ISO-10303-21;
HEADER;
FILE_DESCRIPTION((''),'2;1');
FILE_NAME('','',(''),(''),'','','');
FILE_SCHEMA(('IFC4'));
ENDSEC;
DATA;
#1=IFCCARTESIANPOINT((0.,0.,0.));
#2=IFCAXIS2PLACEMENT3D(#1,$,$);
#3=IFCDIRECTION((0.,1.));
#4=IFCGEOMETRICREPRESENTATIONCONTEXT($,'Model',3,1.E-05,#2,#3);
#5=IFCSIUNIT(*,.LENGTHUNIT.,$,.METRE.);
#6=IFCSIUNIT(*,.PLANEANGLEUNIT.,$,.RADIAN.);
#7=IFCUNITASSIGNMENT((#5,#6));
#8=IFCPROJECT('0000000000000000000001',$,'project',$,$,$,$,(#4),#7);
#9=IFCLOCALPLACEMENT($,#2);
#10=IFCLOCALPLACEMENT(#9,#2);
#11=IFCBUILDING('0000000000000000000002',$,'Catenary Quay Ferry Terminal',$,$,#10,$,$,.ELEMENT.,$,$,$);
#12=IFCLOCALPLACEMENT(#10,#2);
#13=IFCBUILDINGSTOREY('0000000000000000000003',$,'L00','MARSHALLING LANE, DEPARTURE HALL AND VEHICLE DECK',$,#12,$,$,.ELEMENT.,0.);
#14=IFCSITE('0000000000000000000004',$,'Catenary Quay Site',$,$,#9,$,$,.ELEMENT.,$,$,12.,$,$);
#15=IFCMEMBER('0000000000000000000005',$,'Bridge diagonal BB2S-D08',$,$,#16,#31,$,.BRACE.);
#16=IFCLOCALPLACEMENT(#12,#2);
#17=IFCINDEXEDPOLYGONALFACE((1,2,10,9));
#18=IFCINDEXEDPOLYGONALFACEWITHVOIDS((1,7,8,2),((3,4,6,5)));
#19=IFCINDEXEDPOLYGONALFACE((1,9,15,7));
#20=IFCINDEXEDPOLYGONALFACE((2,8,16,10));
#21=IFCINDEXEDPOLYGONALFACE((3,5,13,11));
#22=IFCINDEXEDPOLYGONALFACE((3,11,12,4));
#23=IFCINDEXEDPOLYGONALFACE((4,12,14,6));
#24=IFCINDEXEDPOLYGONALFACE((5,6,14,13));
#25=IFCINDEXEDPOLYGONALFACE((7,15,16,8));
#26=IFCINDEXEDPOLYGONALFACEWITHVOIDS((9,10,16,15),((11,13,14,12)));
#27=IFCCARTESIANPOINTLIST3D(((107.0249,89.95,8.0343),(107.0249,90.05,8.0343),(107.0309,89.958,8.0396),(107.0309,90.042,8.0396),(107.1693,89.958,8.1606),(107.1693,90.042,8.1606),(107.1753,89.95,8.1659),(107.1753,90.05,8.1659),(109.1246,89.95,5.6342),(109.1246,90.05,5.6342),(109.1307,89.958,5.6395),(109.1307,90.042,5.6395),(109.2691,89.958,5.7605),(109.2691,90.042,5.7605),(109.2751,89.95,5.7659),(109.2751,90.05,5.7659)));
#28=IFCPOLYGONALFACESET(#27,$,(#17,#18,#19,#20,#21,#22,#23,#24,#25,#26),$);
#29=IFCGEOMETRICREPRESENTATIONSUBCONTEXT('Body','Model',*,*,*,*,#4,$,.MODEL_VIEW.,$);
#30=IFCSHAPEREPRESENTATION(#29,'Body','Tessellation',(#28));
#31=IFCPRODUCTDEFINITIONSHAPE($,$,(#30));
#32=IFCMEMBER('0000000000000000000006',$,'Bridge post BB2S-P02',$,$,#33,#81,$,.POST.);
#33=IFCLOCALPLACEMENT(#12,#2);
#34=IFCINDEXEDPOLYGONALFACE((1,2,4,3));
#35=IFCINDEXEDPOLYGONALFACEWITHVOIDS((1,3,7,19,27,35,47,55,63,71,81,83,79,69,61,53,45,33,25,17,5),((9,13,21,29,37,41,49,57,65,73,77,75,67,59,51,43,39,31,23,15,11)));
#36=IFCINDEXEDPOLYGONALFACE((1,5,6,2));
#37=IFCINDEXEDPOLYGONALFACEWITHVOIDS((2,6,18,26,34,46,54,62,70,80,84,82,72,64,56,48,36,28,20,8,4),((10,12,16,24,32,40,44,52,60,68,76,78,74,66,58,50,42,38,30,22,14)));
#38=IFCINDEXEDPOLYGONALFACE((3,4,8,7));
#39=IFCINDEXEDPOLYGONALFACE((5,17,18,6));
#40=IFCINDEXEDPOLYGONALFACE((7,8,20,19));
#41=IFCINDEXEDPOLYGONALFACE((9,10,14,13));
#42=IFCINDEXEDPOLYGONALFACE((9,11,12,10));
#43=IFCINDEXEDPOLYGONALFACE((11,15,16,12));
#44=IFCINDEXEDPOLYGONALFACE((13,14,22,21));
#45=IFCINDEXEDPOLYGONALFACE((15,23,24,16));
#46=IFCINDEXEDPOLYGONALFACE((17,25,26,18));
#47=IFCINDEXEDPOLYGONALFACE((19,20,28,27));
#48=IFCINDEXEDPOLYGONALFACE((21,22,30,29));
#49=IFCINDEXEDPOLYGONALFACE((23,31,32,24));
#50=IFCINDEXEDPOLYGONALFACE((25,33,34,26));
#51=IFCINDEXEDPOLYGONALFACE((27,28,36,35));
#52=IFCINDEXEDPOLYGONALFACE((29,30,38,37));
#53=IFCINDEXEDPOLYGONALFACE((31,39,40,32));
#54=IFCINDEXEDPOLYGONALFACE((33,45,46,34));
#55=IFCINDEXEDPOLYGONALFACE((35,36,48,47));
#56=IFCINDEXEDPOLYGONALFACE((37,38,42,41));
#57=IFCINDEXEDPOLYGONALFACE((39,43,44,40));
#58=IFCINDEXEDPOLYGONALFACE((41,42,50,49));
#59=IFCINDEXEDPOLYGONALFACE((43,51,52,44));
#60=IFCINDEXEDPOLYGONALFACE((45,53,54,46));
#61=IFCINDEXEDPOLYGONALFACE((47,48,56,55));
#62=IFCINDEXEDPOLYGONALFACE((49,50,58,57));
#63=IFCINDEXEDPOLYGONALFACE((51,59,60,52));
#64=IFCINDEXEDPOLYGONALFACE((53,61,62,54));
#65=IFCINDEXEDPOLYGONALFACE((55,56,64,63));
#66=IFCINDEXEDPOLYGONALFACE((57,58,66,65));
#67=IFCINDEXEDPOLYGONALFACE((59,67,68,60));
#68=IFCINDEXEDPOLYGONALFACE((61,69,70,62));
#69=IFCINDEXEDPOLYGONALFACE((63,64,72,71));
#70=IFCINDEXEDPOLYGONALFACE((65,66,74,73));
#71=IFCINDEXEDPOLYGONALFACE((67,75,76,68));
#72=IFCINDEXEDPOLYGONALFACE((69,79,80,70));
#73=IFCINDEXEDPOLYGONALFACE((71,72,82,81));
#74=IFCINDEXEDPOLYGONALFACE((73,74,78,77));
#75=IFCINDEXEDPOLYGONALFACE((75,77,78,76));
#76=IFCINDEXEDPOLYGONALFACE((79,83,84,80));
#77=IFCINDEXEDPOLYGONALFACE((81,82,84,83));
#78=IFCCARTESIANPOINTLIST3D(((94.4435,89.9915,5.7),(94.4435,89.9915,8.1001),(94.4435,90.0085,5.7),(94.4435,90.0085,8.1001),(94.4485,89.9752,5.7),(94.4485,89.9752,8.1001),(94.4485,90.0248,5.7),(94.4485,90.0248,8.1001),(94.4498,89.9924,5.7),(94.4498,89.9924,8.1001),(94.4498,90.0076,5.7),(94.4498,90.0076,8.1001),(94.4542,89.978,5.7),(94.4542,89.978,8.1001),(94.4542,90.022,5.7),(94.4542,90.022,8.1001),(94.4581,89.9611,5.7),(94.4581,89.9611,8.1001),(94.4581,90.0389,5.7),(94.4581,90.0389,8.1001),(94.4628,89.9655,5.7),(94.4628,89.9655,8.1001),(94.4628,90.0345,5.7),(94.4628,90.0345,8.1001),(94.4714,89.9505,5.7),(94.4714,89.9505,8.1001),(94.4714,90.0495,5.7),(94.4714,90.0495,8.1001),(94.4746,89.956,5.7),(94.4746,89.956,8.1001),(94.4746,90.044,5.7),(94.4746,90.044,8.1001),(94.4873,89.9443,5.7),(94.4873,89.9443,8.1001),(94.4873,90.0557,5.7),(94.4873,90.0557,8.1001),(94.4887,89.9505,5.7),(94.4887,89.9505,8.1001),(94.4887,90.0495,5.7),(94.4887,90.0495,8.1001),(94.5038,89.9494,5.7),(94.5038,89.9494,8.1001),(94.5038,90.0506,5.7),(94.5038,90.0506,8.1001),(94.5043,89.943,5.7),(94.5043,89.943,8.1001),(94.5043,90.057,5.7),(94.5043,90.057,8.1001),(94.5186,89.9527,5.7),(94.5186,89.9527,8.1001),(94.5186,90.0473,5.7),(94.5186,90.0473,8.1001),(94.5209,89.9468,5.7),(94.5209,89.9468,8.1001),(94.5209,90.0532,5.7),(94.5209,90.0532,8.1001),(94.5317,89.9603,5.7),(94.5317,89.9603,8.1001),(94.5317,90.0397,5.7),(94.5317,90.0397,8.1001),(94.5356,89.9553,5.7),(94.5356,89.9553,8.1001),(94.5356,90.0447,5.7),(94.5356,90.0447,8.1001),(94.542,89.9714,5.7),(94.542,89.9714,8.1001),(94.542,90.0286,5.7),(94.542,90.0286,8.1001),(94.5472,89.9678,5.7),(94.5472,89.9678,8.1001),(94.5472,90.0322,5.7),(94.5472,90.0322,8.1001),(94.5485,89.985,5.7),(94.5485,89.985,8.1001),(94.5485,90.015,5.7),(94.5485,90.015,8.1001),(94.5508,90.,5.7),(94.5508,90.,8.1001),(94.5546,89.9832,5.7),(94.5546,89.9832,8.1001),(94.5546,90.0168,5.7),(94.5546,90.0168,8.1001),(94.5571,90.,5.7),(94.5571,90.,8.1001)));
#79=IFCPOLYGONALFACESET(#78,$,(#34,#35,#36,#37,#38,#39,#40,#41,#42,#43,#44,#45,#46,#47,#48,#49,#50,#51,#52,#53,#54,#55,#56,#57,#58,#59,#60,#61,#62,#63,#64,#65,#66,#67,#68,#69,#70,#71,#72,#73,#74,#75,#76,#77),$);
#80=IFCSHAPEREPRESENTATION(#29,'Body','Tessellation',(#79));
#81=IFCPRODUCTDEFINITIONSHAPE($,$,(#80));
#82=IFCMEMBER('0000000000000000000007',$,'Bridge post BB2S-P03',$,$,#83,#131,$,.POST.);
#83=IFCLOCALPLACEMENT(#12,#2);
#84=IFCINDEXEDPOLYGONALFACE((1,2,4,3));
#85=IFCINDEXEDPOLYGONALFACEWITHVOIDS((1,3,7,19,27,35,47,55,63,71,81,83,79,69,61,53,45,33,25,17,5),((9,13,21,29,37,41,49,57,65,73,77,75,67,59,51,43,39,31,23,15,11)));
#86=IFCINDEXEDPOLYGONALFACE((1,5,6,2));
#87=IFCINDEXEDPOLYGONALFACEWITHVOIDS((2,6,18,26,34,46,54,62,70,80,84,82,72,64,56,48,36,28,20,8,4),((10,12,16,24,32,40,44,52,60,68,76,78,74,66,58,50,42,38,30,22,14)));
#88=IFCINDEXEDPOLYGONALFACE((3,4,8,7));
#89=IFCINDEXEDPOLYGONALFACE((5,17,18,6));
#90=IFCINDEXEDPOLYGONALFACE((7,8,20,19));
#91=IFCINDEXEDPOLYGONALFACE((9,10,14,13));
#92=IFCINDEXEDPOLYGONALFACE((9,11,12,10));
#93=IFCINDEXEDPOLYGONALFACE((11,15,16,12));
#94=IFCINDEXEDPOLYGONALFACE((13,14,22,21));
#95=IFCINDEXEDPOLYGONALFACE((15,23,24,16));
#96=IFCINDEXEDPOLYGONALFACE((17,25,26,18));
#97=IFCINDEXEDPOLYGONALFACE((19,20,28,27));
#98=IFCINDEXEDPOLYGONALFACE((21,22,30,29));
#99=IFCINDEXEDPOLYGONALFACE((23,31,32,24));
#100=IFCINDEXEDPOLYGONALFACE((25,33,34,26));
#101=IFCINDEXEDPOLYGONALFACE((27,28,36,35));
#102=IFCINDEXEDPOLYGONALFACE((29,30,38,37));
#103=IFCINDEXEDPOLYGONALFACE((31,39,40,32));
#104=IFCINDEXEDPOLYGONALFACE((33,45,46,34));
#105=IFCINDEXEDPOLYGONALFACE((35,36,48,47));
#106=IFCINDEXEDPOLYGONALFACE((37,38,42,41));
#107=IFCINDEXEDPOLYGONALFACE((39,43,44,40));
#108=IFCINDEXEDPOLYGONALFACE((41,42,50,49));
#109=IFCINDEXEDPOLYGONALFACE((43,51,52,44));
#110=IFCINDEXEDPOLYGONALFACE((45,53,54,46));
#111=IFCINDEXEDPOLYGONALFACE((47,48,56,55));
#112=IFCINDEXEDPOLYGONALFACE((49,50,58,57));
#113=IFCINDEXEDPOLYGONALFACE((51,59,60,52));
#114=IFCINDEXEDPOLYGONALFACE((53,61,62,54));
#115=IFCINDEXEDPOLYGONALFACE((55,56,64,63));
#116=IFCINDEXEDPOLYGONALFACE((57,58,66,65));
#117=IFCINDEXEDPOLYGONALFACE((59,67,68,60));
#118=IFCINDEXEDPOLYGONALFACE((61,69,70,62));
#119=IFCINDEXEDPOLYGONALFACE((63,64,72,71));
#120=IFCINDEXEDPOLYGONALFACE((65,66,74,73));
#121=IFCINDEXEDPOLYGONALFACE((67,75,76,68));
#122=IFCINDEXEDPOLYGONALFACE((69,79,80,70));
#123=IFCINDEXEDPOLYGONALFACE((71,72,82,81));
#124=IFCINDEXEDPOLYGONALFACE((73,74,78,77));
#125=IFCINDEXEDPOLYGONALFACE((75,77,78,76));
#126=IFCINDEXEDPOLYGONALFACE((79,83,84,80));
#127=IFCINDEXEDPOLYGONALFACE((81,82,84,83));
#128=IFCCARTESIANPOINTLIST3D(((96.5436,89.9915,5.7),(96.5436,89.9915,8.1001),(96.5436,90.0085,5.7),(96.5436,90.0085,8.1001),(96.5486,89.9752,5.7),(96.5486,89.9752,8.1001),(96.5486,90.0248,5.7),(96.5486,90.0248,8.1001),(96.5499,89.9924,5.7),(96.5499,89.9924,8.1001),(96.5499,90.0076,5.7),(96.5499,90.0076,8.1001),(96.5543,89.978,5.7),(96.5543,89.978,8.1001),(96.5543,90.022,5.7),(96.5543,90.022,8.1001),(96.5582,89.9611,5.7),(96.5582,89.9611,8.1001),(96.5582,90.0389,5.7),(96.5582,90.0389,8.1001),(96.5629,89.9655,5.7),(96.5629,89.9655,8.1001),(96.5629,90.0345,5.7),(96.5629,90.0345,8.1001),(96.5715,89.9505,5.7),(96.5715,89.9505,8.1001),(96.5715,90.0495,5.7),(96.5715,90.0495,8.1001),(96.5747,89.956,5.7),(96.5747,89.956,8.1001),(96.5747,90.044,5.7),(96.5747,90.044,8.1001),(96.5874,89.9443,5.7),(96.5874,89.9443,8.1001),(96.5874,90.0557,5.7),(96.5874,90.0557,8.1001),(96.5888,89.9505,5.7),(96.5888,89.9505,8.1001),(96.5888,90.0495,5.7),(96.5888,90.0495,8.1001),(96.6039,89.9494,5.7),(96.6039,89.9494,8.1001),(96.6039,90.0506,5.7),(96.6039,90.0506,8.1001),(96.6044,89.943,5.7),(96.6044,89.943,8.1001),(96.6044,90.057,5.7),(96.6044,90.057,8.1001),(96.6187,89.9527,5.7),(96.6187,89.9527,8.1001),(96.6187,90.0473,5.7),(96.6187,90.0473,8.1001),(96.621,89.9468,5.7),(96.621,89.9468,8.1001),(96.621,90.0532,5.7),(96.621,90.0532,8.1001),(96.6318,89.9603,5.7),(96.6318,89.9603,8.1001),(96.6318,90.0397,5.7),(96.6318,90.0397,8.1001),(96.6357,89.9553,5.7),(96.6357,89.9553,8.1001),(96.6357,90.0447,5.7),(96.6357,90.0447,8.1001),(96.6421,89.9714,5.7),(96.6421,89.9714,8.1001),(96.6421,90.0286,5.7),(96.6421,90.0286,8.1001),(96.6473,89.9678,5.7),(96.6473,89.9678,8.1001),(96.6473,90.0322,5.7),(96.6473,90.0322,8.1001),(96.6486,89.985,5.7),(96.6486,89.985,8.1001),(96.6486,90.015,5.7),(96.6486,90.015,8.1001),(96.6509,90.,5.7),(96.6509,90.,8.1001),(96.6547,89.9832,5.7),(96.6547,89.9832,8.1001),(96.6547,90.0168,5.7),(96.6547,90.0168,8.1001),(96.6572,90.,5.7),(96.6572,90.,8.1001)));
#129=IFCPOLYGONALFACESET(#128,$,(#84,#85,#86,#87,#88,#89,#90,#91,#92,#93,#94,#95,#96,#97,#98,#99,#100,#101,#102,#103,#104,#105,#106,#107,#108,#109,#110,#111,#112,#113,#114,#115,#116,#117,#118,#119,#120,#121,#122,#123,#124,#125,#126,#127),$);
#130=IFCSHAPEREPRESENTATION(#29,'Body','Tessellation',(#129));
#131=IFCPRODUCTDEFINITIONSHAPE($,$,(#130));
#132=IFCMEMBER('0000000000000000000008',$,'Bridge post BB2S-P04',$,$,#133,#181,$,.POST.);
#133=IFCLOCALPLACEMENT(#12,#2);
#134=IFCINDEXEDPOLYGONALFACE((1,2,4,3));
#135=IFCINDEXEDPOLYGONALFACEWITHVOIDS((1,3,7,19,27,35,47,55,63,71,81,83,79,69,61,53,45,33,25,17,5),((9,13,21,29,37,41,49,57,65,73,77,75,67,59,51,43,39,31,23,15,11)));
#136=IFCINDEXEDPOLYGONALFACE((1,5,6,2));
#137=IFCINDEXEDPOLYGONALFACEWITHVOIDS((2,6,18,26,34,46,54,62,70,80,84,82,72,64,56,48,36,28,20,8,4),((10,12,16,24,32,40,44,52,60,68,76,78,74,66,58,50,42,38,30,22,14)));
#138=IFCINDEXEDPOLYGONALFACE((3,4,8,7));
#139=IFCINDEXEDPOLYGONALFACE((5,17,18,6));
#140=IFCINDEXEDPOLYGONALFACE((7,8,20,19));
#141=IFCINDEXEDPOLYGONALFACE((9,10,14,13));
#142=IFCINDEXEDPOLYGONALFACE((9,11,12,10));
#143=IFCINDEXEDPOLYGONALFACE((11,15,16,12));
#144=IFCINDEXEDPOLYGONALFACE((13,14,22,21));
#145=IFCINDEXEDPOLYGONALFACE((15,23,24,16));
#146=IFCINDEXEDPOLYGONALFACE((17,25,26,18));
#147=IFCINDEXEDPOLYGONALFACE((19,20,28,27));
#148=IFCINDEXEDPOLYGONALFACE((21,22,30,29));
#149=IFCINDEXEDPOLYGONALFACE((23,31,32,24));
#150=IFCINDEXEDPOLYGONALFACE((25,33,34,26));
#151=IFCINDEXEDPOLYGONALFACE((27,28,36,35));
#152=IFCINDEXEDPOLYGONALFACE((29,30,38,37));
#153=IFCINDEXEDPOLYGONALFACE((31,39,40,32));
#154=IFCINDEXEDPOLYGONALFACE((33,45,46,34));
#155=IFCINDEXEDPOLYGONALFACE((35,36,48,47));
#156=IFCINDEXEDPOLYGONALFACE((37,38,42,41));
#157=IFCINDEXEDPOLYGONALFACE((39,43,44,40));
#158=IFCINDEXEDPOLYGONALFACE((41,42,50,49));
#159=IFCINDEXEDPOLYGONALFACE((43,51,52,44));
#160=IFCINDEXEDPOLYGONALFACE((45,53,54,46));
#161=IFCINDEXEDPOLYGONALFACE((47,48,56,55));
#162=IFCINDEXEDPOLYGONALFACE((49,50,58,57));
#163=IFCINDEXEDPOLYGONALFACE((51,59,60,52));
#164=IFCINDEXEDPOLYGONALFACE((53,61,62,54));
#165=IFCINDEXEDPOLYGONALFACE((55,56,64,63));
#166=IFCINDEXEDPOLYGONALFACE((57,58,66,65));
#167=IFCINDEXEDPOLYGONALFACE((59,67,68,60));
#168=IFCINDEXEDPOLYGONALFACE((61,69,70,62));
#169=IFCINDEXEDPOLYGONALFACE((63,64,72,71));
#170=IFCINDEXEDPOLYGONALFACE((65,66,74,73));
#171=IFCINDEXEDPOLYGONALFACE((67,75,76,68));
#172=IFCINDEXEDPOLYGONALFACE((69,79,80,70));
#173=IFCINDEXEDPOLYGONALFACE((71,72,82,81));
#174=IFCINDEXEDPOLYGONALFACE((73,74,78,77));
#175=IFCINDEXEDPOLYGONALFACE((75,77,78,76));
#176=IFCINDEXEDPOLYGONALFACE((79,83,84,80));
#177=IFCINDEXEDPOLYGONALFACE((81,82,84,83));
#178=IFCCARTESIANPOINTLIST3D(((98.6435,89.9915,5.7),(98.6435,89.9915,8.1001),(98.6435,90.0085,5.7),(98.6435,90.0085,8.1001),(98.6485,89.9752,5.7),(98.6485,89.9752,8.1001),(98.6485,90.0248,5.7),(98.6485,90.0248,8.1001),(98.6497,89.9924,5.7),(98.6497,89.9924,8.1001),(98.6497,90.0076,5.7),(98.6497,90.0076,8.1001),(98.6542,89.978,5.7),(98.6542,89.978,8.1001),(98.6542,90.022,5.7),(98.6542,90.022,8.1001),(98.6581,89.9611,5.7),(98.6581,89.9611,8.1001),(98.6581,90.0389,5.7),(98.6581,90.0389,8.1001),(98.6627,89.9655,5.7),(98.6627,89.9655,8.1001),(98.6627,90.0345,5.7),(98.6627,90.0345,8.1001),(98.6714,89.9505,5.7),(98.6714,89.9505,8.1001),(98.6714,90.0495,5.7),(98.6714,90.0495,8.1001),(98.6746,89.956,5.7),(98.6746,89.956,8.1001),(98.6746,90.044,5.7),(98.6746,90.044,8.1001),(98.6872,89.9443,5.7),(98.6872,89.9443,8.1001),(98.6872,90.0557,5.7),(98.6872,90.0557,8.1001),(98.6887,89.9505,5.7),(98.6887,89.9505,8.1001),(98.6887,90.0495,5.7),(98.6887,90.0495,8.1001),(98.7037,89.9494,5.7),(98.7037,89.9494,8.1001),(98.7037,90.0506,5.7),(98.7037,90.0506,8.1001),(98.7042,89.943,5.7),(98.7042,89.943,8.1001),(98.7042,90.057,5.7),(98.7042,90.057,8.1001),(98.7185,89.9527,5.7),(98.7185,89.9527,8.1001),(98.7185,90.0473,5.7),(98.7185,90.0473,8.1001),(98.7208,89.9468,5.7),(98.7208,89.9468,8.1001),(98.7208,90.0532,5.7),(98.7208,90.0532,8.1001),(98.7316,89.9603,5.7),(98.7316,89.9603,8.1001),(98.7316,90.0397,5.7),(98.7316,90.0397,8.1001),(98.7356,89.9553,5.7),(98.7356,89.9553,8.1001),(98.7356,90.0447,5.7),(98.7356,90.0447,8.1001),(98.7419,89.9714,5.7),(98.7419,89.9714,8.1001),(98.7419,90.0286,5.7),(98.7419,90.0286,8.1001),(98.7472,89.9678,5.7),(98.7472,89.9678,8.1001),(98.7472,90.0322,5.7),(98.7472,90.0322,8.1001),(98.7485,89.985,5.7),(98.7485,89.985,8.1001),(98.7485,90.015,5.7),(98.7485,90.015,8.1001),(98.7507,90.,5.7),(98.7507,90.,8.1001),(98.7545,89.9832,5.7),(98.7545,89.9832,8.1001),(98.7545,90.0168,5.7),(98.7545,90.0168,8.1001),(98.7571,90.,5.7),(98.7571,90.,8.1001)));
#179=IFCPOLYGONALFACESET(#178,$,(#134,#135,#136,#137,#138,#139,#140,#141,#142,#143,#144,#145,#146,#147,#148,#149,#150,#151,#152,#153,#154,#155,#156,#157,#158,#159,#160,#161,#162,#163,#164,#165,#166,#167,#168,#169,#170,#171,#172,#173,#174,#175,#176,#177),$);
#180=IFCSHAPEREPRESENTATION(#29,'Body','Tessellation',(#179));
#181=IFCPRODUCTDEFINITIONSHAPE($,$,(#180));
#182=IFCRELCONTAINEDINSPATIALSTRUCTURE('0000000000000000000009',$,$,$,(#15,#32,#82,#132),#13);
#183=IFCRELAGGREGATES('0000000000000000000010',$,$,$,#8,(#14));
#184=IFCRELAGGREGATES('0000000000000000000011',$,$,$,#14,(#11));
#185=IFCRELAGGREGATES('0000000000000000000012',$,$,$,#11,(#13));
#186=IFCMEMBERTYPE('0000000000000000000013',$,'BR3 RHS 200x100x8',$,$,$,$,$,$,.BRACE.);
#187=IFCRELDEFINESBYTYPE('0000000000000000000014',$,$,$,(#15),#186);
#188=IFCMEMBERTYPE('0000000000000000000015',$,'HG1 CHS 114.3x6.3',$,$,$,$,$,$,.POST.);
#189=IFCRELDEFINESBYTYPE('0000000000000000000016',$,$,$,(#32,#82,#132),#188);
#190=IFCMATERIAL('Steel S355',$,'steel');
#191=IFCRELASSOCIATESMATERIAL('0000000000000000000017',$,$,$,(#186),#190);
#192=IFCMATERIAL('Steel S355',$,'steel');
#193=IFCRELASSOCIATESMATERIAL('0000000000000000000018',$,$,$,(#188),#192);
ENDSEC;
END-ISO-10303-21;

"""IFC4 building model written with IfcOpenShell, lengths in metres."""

from ifc_helpers import new_model, si_unit, direction, frame, origin, origin_2d, place, context, subcontext, project, spatial, hollow_rectangle, hollow_circle, extrude, material, material_profile, profile_set, type_object, element, save


model = new_model("IFC4")

# Units and contexts
model_context = context("Model", 3, precision=1e-05, world=origin(), true_north=direction((0.0, 1.0)))
body_context = subcontext(model_context, "Body", "Model", "MODEL_VIEW")
ifc_project = project(units=[si_unit("LENGTHUNIT", "METRE"), si_unit("PLANEANGLEUNIT", "RADIAN")], contexts=[model_context])

# Site, building, storey
site_placement = place(None, origin())
site = spatial("IfcSite", under=ifc_project, at=site_placement, Name="Catenary Quay Site", CompositionType="ELEMENT", RefElevation=12.0)
building_placement = place(site_placement, origin())
building = spatial("IfcBuilding", under=site, at=building_placement, Name="Catenary Quay Ferry Terminal", CompositionType="ELEMENT")
storey_placement = place(building_placement, origin())
storey = spatial("IfcBuildingStorey", under=building, at=storey_placement, Name="L00", Description="MARSHALLING LANE, DEPARTURE HALL AND VEHICLE DECK", CompositionType="ELEMENT", Elevation=0.0)

# Members
ifc_material_1 = material(Name="Steel S355", Category="steel")
ifc_material_profile_1 = material_profile(ifc_material_1, hollow_rectangle(XDim=0.1001, YDim=0.2, WallThickness=0.0081, at=origin_2d()), Name="RHS 200x100x8")
ifc_profile_set_1 = profile_set([ifc_material_profile_1], Name="Steel S355")
member_type_1 = type_object("IfcMemberType", Name="BR3 RHS 200x100x8", PredefinedType="BRACE", material=ifc_profile_set_1)
member_1_placement = place(storey_placement, frame((107.1001, 90.0, 8.1001), z_axis=(0.658456, 0.0, -0.752619), x_axis=(0.0, 1.0, 0.0)))
element("IfcMember", 1, at=member_1_placement, inside=storey, type_object=member_type_1, Name="Bridge diagonal BB2S-D08", PredefinedType="BRACE", context=body_context, shape_type="SweptSolid", body=[
    extrude(hollow_rectangle(XDim=0.1001, YDim=0.2, WallThickness=0.0081, at=origin_2d()), origin(), (0.0, 0.0, 1.0), 3.189),
])
ifc_material_2 = material(Name="Steel S355", Category="steel")
ifc_material_profile_2 = material_profile(ifc_material_2, hollow_circle(Radius=0.0571, WallThickness=0.0063, at=origin_2d()), Name="CHS 114.3x6.3")
ifc_profile_set_2 = profile_set([ifc_material_profile_2], Name="Steel S355")
member_type_2 = type_object("IfcMemberType", Name="HG1 CHS 114.3x6.3", PredefinedType="POST", material=ifc_profile_set_2)
for number, where, z_axis, x_axis, name in (
    (2, (94.5, 90.0, 5.7), (0.0, 0.0, 1.0), (1.0, 0.0, 0.0), "Bridge post BB2S-P02"),
    (3, (96.6001, 90.0, 5.7), (0.0, 0.0, 1.0), (1.0, 0.0, 0.0), "Bridge post BB2S-P03"),
    (4, (98.7, 90.0, 5.7), (0.0, 0.0, 1.0), (1.0, 0.0, 0.0), "Bridge post BB2S-P04"),
):
    element("IfcMember", number, at=place(storey_placement, frame(where, z_axis=z_axis, x_axis=x_axis)), inside=storey, type_object=member_type_2, Name=name, PredefinedType="POST", context=body_context, shape_type="SweptSolid", body=[
        extrude(hollow_circle(Radius=0.0571, WallThickness=0.0063, at=origin_2d()), origin(), (0.0, 0.0, 1.0), 2.4001),
    ])

save(model, "model.ifc")
